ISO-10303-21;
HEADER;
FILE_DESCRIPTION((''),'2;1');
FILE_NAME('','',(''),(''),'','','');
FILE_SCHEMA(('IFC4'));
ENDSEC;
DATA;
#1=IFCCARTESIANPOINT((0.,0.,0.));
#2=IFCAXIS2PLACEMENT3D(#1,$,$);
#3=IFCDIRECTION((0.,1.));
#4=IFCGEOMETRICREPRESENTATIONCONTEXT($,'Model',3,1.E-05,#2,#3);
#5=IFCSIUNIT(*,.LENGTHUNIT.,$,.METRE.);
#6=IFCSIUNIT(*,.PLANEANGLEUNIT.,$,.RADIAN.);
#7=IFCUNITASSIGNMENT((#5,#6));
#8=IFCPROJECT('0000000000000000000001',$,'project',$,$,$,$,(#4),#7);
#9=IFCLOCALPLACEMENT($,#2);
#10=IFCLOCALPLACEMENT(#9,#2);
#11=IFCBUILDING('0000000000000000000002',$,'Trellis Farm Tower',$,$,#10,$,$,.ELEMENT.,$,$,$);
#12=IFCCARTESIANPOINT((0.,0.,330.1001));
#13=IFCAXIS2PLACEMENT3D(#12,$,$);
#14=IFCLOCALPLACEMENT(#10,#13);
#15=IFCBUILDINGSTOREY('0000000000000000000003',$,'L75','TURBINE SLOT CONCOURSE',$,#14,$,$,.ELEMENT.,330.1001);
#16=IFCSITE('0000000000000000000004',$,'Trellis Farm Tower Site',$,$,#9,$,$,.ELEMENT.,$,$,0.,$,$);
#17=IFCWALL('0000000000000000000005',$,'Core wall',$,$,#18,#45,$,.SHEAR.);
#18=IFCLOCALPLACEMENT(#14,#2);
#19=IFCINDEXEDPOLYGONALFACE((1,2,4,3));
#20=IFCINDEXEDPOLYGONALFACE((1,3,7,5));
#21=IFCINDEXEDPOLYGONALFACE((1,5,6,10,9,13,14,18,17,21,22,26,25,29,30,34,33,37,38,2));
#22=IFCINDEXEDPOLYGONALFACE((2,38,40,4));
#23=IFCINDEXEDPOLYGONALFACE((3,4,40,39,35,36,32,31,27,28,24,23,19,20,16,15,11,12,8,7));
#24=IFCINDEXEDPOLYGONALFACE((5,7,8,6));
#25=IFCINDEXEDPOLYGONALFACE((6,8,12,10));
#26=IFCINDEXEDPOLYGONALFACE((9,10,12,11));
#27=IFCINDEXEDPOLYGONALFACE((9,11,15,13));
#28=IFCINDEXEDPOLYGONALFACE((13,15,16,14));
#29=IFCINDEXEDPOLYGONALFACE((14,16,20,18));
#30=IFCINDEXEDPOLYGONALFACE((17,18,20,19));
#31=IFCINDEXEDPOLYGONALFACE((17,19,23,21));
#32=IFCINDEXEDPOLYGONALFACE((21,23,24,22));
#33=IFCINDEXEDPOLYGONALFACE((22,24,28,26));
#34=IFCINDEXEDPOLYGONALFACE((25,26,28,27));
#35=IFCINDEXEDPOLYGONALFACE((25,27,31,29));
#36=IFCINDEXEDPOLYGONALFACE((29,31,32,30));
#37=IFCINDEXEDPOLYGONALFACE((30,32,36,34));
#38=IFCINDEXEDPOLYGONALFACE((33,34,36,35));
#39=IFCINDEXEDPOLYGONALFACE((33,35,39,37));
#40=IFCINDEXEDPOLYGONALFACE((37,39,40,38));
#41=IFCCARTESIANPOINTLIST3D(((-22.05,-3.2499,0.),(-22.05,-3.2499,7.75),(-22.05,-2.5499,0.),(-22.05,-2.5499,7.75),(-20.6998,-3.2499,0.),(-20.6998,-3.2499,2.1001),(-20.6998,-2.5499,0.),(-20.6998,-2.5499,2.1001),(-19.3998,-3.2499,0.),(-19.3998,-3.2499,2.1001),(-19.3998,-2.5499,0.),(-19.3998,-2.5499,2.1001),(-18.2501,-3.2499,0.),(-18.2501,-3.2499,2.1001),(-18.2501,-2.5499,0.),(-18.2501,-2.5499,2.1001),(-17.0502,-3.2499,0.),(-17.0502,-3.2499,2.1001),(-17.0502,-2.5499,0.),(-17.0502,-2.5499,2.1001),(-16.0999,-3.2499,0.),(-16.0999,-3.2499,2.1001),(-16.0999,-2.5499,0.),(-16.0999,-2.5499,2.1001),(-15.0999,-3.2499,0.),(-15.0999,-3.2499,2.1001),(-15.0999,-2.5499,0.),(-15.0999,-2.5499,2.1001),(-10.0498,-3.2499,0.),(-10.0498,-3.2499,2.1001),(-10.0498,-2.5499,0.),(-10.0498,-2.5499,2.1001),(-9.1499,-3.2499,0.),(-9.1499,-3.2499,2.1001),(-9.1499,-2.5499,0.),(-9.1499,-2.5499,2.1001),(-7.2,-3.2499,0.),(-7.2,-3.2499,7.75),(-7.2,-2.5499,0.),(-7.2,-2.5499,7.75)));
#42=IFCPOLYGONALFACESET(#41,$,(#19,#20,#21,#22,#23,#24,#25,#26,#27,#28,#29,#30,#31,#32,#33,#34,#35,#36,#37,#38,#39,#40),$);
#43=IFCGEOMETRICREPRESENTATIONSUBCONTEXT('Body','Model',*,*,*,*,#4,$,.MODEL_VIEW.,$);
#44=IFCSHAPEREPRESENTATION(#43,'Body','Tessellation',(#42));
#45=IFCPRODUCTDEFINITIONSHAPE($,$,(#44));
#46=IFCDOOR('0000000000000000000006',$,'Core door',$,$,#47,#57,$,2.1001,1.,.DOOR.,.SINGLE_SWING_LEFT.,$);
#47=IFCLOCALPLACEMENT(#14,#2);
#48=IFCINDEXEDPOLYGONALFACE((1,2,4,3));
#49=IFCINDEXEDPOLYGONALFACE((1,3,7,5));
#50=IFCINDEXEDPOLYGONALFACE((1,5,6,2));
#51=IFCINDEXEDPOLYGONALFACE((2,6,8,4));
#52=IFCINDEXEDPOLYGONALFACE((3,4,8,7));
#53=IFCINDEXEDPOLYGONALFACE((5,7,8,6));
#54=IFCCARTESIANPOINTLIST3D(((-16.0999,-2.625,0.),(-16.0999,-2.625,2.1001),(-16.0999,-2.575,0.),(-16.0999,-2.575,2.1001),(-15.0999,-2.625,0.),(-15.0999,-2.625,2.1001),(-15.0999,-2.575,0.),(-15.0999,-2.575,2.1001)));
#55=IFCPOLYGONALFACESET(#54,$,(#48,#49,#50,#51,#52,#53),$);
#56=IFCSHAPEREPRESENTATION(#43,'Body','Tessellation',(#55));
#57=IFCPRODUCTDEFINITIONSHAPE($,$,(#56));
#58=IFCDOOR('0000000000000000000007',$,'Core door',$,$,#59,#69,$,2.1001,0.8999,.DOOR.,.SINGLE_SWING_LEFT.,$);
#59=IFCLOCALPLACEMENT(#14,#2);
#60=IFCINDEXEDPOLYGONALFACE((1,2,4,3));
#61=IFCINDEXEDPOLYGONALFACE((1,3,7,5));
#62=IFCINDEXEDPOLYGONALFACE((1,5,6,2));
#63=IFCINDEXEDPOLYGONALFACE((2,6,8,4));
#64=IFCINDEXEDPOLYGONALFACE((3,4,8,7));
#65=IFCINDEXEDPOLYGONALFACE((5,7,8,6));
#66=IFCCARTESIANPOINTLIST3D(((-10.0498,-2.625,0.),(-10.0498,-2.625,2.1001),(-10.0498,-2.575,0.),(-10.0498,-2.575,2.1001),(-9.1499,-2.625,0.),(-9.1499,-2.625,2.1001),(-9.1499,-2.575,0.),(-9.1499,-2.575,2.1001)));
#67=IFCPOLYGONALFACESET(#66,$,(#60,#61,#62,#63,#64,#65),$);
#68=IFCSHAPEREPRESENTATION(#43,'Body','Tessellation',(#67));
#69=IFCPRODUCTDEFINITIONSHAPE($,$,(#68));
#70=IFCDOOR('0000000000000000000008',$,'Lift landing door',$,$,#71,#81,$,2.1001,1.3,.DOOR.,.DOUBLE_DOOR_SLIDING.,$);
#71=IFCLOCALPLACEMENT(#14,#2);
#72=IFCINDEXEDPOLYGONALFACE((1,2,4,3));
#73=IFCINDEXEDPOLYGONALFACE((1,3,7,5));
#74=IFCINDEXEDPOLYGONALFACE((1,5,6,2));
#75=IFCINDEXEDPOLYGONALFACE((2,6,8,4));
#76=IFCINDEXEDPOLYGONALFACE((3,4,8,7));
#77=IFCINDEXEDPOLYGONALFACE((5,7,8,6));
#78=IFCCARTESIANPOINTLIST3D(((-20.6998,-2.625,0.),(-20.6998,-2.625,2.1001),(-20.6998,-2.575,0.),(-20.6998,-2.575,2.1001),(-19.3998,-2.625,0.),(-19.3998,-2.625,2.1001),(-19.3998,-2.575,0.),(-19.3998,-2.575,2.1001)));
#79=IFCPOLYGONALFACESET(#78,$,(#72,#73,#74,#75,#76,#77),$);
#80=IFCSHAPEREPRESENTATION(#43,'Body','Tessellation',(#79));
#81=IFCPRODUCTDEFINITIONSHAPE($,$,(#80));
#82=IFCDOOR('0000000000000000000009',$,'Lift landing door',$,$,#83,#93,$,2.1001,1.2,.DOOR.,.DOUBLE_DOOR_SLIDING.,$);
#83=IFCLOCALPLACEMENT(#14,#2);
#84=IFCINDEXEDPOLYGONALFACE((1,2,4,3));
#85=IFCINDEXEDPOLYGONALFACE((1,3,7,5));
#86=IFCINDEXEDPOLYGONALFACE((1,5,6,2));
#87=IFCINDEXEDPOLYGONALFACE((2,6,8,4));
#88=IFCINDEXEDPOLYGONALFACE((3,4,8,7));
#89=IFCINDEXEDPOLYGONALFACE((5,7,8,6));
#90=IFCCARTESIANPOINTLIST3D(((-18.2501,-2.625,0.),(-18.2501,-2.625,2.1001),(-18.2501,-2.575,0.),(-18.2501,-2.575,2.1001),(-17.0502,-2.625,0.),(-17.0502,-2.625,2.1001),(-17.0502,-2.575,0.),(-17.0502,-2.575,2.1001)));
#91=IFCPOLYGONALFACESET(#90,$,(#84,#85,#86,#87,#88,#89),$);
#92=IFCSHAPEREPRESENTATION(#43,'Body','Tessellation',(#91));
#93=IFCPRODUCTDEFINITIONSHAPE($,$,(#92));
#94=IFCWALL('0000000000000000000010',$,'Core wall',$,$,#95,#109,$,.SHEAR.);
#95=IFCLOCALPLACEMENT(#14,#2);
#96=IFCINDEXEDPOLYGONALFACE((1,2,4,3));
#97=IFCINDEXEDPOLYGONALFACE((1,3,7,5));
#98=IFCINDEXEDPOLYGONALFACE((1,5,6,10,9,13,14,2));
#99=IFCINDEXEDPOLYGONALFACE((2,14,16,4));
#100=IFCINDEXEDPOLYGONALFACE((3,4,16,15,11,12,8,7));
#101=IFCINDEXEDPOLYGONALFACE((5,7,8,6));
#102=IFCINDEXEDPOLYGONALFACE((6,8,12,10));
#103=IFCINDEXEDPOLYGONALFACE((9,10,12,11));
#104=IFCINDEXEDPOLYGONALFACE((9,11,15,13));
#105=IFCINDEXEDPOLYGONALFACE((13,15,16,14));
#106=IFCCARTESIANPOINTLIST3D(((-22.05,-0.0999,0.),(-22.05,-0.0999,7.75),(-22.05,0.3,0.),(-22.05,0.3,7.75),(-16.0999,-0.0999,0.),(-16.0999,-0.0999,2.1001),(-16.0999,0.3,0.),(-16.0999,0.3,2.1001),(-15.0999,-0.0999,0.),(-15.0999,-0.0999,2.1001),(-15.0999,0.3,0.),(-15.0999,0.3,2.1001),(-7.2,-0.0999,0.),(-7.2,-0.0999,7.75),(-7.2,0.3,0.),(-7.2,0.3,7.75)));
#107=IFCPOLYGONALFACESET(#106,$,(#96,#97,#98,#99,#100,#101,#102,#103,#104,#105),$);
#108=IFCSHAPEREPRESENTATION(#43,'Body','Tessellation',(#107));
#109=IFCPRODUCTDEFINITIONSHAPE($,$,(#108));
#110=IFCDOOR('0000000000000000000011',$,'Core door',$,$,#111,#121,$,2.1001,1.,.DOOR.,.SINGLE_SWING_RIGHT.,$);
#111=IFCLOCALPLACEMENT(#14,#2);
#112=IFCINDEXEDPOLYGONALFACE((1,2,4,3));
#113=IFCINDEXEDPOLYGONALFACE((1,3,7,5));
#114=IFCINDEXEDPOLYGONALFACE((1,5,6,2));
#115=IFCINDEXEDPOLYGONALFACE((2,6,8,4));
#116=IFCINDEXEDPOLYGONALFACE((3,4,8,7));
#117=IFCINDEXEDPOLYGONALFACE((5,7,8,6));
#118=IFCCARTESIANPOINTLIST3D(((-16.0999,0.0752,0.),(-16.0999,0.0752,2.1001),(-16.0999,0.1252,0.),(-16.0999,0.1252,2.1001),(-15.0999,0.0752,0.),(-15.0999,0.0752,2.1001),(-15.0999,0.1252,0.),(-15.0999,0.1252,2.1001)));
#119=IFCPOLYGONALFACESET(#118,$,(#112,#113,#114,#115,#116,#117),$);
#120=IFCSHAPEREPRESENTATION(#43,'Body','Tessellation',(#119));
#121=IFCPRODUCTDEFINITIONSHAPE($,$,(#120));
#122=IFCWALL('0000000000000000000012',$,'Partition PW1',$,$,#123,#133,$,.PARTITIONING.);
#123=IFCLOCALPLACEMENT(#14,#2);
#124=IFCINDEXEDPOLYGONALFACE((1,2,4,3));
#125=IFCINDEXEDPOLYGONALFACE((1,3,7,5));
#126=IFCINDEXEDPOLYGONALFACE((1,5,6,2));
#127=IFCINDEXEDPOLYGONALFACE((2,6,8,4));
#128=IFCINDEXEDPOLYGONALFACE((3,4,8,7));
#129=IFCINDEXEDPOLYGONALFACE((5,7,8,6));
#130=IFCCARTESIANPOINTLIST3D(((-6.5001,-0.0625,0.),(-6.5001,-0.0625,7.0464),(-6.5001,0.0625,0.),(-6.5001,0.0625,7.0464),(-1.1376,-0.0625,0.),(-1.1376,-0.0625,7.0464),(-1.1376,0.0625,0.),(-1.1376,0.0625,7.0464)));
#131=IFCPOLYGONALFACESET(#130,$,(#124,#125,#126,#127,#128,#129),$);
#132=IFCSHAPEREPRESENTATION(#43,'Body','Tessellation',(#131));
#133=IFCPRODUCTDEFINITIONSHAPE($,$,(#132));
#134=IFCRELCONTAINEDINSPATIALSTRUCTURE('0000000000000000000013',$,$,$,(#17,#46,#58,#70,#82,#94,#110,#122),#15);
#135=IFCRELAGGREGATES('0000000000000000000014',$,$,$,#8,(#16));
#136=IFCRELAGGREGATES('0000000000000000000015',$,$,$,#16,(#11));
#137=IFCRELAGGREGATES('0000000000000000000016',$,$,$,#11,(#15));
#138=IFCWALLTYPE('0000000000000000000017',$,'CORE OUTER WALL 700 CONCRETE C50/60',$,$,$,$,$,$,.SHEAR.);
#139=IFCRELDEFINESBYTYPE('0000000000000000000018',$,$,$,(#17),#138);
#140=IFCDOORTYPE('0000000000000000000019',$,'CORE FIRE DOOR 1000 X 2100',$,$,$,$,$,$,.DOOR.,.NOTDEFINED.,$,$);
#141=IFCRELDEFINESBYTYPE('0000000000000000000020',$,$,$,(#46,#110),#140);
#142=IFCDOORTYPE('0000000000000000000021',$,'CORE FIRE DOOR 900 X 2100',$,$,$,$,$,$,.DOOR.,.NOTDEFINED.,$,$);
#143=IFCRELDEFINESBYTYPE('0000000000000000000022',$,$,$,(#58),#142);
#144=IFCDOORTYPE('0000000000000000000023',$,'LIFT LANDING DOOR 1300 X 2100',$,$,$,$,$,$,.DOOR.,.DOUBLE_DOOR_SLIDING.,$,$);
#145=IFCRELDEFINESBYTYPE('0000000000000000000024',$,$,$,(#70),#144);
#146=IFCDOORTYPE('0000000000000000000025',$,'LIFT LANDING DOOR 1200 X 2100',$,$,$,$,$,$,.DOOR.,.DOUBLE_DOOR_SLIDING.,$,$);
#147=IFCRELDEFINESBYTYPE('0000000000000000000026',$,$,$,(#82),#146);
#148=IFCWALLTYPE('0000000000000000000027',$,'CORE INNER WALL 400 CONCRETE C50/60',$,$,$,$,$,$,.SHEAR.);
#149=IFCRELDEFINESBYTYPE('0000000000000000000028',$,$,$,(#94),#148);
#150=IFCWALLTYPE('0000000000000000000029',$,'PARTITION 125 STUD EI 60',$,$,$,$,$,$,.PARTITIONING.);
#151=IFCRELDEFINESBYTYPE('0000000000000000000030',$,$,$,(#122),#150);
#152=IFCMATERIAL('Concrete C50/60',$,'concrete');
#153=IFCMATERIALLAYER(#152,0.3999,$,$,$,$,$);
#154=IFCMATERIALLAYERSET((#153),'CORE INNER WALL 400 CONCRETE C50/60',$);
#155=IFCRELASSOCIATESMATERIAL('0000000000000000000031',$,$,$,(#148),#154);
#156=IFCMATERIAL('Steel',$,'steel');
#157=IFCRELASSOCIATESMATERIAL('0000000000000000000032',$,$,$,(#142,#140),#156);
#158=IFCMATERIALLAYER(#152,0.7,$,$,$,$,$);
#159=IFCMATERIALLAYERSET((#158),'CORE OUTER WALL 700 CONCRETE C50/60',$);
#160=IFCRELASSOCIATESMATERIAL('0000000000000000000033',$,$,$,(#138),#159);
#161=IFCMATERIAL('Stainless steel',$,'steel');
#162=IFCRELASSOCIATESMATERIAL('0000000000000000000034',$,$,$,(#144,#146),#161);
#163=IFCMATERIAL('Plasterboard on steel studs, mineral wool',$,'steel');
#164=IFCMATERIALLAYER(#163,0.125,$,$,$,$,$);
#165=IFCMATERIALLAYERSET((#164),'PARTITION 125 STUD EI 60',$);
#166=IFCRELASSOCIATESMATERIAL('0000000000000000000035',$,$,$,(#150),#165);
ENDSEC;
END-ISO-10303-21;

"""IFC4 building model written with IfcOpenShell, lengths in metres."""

from ifc_helpers import new_model, si_unit, direction, frame, frame_2d, origin, place, context, subcontext, project, spatial, rectangle, extrude, source, transform, mapped, material, layer, layer_set, type_object, element, fill, save


model = new_model("IFC4")

# Units and contexts
model_context = context("Model", 3, precision=1e-05, world=origin(), true_north=direction((0.0, 1.0)))
body_context = subcontext(model_context, "Body", "Model", "MODEL_VIEW")
ifc_project = project(units=[si_unit("LENGTHUNIT", "METRE"), si_unit("PLANEANGLEUNIT", "RADIAN")], contexts=[model_context])

# Site, building, storey
site_placement = place(None, origin())
site = spatial("IfcSite", under=ifc_project, at=site_placement, Name="Trellis Farm Tower Site", CompositionType="ELEMENT", RefElevation=0.0)
building_placement = place(site_placement, origin())
building = spatial("IfcBuilding", under=site, at=building_placement, Name="Trellis Farm Tower", CompositionType="ELEMENT")
storey_placement = place(building_placement, frame((0.0, 0.0, 330.1001)))
storey = spatial("IfcBuildingStorey", under=building, at=storey_placement, Name="L75", Description="TURBINE SLOT CONCOURSE", CompositionType="ELEMENT", Elevation=330.1001)

# Shared definitions
ifc_material_1 = material(Name="Concrete C50/60", Category="concrete")

# Shared definitions
ifc_layer_1 = layer(ifc_material_1, 0.3999)
ifc_layer_set_1 = layer_set([ifc_layer_1], Name="CORE INNER WALL 400 CONCRETE C50/60")
wall_type_1 = type_object("IfcWallType", Name="CORE INNER WALL 400 CONCRETE C50/60", PredefinedType="SHEAR", material=ifc_layer_set_1)

# Shared definitions
ifc_material_2 = material(Name="Steel", Category="steel")
door_type_1 = type_object("IfcDoorType", Name="CORE FIRE DOOR 900 X 2100", OperationType="NOTDEFINED", PredefinedType="DOOR", material=ifc_material_2)

# Wall, openings, doors
ifc_layer_2 = layer(ifc_material_1, 0.7)
ifc_layer_set_2 = layer_set([ifc_layer_2], Name="CORE OUTER WALL 700 CONCRETE C50/60")
wall_type_2 = type_object("IfcWallType", Name="CORE OUTER WALL 700 CONCRETE C50/60", PredefinedType="SHEAR", material=ifc_layer_set_2)
shared_shape_1 = source(origin(), body_context, "Body", "SweptSolid", [
    extrude(rectangle(XDim=14.8501, YDim=0.7, at=frame_2d((7.425, 0.0))), origin(), (0.0, 0.0, 1.0), 7.75),
])
wall_1_placement = place(storey_placement, frame((-7.2, -2.8999, 0.0), z_axis=(0.0, 0.0, 1.0), x_axis=(-1.0, 0.0, 0.0)))
wall_1 = element("IfcWall", 1, at=wall_1_placement, inside=storey, type_object=wall_type_2, Name="Core wall", PredefinedType="SHEAR", context=body_context, shape_type="MappedRepresentation", body=[
    mapped(shared_shape_1, transform((0.0, 0.0, 0.0))),
])
shared_shape_2 = source(origin(), body_context, "Body", "SweptSolid", [
    extrude(rectangle(XDim=1.3, YDim=2.1001, at=frame_2d((0.6499, 1.05))), frame((0.0, 0.3601, 0.0), z_axis=(0.0, -1.0, 0.0), x_axis=(1.0, 0.0, 0.0)), (0.0, 0.0, 1.0), 0.7202),
])
opening_1_placement = place(wall_1_placement, frame((12.2, 0.0, 0.0)))
opening_1 = element("IfcOpeningElement", 2, at=opening_1_placement, cuts=wall_1, PredefinedType="OPENING", context=body_context, shape_type="MappedRepresentation", body=[
    mapped(shared_shape_2, transform((0.0, 0.0, 0.0))),
])
shared_shape_3 = source(origin(), body_context, "Body", "SweptSolid", [
    extrude(rectangle(XDim=1.2, YDim=2.1001, at=frame_2d((0.6001, 1.05))), frame((0.0, 0.3601, 0.0), z_axis=(0.0, -1.0, 0.0), x_axis=(1.0, 0.0, 0.0)), (0.0, 0.0, 1.0), 0.7202),
])
opening_2_placement = place(wall_1_placement, frame((9.8501, 0.0, 0.0)))
opening_2 = element("IfcOpeningElement", 3, at=opening_2_placement, cuts=wall_1, PredefinedType="OPENING", context=body_context, shape_type="MappedRepresentation", body=[
    mapped(shared_shape_3, transform((0.0, 0.0, 0.0))),
])
shared_shape_4 = source(origin(), body_context, "Body", "SweptSolid", [
    extrude(rectangle(XDim=1.0, YDim=2.1001, at=frame_2d((0.5, 1.05))), frame((0.0, 0.3601, 0.0), z_axis=(0.0, -1.0, 0.0), x_axis=(1.0, 0.0, 0.0)), (0.0, 0.0, 1.0), 0.7202),
])
opening_3_placement = place(wall_1_placement, frame((7.8999, 0.0, 0.0)))
opening_3 = element("IfcOpeningElement", 4, at=opening_3_placement, cuts=wall_1, PredefinedType="OPENING", context=body_context, shape_type="MappedRepresentation", body=[
    mapped(shared_shape_4, transform((0.0, 0.0, 0.0))),
])
shared_shape_5 = source(origin(), body_context, "Body", "SweptSolid", [
    extrude(rectangle(XDim=0.8999, YDim=2.1001, at=frame_2d((0.45, 1.05))), frame((0.0, 0.3601, 0.0), z_axis=(0.0, -1.0, 0.0), x_axis=(1.0, 0.0, 0.0)), (0.0, 0.0, 1.0), 0.7202),
])
opening_4_placement = place(wall_1_placement, frame((1.95, 0.0, 0.0)))
opening_4 = element("IfcOpeningElement", 5, at=opening_4_placement, cuts=wall_1, PredefinedType="OPENING", context=body_context, shape_type="MappedRepresentation", body=[
    mapped(shared_shape_5, transform((0.0, 0.0, 0.0))),
])
door_type_2 = type_object("IfcDoorType", Name="CORE FIRE DOOR 1000 X 2100", OperationType="NOTDEFINED", PredefinedType="DOOR", material=ifc_material_2)
shared_shape_6 = source(origin(), body_context, "Body", "SweptSolid", [
    extrude(rectangle(XDim=1.0, YDim=2.1001, at=frame_2d((0.5, 1.05))), frame((0.0, -0.2749, 0.0), z_axis=(0.0, -1.0, 0.0), x_axis=(1.0, 0.0, 0.0)), (0.0, 0.0, 1.0), 0.05),
])
door_1_placement = place(opening_3_placement, origin())
door_1 = element("IfcDoor", 6, at=door_1_placement, inside=storey, type_object=door_type_2, Name="Core door", OperationType="SINGLE_SWING_LEFT", OverallHeight=2.1001, OverallWidth=1.0, PredefinedType="DOOR", context=body_context, shape_type="MappedRepresentation", body=[
    mapped(shared_shape_6, transform((0.0, 0.0, 0.0))),
])
fill(opening_3, door_1)
shared_shape_7 = source(origin(), body_context, "Body", "SweptSolid", [
    extrude(rectangle(XDim=0.8999, YDim=2.1001, at=frame_2d((0.45, 1.05))), frame((0.0, -0.2749, 0.0), z_axis=(0.0, -1.0, 0.0), x_axis=(1.0, 0.0, 0.0)), (0.0, 0.0, 1.0), 0.05),
])
door_2_placement = place(opening_4_placement, origin())
door_2 = element("IfcDoor", 7, at=door_2_placement, inside=storey, type_object=door_type_1, Name="Core door", OperationType="SINGLE_SWING_LEFT", OverallHeight=2.1001, OverallWidth=0.8999, PredefinedType="DOOR", context=body_context, shape_type="MappedRepresentation", body=[
    mapped(shared_shape_7, transform((0.0, 0.0, 0.0))),
])
fill(opening_4, door_2)
ifc_material_3 = material(Name="Stainless steel", Category="steel")
door_type_3 = type_object("IfcDoorType", Name="LIFT LANDING DOOR 1300 X 2100", OperationType="DOUBLE_DOOR_SLIDING", PredefinedType="DOOR", material=ifc_material_3)
shared_shape_8 = source(origin(), body_context, "Body", "SweptSolid", [
    extrude(rectangle(XDim=1.3, YDim=2.1001, at=frame_2d((0.6499, 1.05))), frame((0.0, -0.2749, 0.0), z_axis=(0.0, -1.0, 0.0), x_axis=(1.0, 0.0, 0.0)), (0.0, 0.0, 1.0), 0.05),
])
door_3_placement = place(opening_1_placement, origin())
door_3 = element("IfcDoor", 8, at=door_3_placement, inside=storey, type_object=door_type_3, Name="Lift landing door", OperationType="DOUBLE_DOOR_SLIDING", OverallHeight=2.1001, OverallWidth=1.3, PredefinedType="DOOR", context=body_context, shape_type="MappedRepresentation", body=[
    mapped(shared_shape_8, transform((0.0, 0.0, 0.0))),
])
fill(opening_1, door_3)
door_type_4 = type_object("IfcDoorType", Name="LIFT LANDING DOOR 1200 X 2100", OperationType="DOUBLE_DOOR_SLIDING", PredefinedType="DOOR", material=ifc_material_3)
shared_shape_9 = source(origin(), body_context, "Body", "SweptSolid", [
    extrude(rectangle(XDim=1.2, YDim=2.1001, at=frame_2d((0.6001, 1.05))), frame((0.0, -0.2749, 0.0), z_axis=(0.0, -1.0, 0.0), x_axis=(1.0, 0.0, 0.0)), (0.0, 0.0, 1.0), 0.05),
])
door_4_placement = place(opening_2_placement, origin())
door_4 = element("IfcDoor", 9, at=door_4_placement, inside=storey, type_object=door_type_4, Name="Lift landing door", OperationType="DOUBLE_DOOR_SLIDING", OverallHeight=2.1001, OverallWidth=1.2, PredefinedType="DOOR", context=body_context, shape_type="MappedRepresentation", body=[
    mapped(shared_shape_9, transform((0.0, 0.0, 0.0))),
])
fill(opening_2, door_4)

# Wall, opening, door
shared_shape_10 = source(origin(), body_context, "Body", "SweptSolid", [
    extrude(rectangle(XDim=14.8501, YDim=0.3999, at=frame_2d((7.425, 0.0))), origin(), (0.0, 0.0, 1.0), 7.75),
])
wall_2_placement = place(storey_placement, frame((-7.2, 0.1001, 0.0), z_axis=(0.0, 0.0, 1.0), x_axis=(-1.0, 0.0, 0.0)))
wall_2 = element("IfcWall", 10, at=wall_2_placement, inside=storey, type_object=wall_type_1, Name="Core wall", PredefinedType="SHEAR", context=body_context, shape_type="MappedRepresentation", body=[
    mapped(shared_shape_10, transform((0.0, 0.0, 0.0))),
])
shared_shape_11 = source(origin(), body_context, "Body", "SweptSolid", [
    extrude(rectangle(XDim=1.0, YDim=2.1001, at=frame_2d((0.5, 1.05))), frame((0.0, 0.21, 0.0), z_axis=(0.0, -1.0, 0.0), x_axis=(1.0, 0.0, 0.0)), (0.0, 0.0, 1.0), 0.4199),
])
opening_5_placement = place(wall_2_placement, frame((7.8999, 0.0, 0.0)))
opening_5 = element("IfcOpeningElement", 11, at=opening_5_placement, cuts=wall_2, PredefinedType="OPENING", context=body_context, shape_type="MappedRepresentation", body=[
    mapped(shared_shape_11, transform((0.0, 0.0, 0.0))),
])
shared_shape_12 = source(origin(), body_context, "Body", "SweptSolid", [
    extrude(rectangle(XDim=1.0, YDim=2.1001, at=frame_2d((0.5, 1.05))), frame((0.0, 0.0249, 0.0), z_axis=(0.0, -1.0, 0.0), x_axis=(1.0, 0.0, 0.0)), (0.0, 0.0, 1.0), 0.05),
])
door_5_placement = place(opening_5_placement, origin())
door_5 = element("IfcDoor", 12, at=door_5_placement, inside=storey, type_object=door_type_2, Name="Core door", OperationType="SINGLE_SWING_RIGHT", OverallHeight=2.1001, OverallWidth=1.0, PredefinedType="DOOR", context=body_context, shape_type="MappedRepresentation", body=[
    mapped(shared_shape_12, transform((0.0, 0.0, 0.0))),
])
fill(opening_5, door_5)

# Wall
ifc_material_4 = material(Name="Plasterboard on steel studs, mineral wool", Category="steel")
ifc_layer_3 = layer(ifc_material_4, 0.125)
ifc_layer_set_3 = layer_set([ifc_layer_3], Name="PARTITION 125 STUD EI 60")
wall_type_3 = type_object("IfcWallType", Name="PARTITION 125 STUD EI 60", PredefinedType="PARTITIONING", material=ifc_layer_set_3)
shared_shape_13 = source(origin(), body_context, "Body", "SweptSolid", [
    extrude(rectangle(XDim=5.3625, YDim=0.125, at=frame_2d((2.6812, 0.0))), origin(), (0.0, 0.0, 1.0), 7.0464),
])
wall_3_placement = place(storey_placement, frame((-6.5, 0.0, 0.0), z_axis=(0.0, 0.0, 1.0), x_axis=(1.0, 0.0, 0.0)))
element("IfcWall", 13, at=wall_3_placement, inside=storey, type_object=wall_type_3, Name="Partition PW1", PredefinedType="PARTITIONING", context=body_context, shape_type="MappedRepresentation", body=[
    mapped(shared_shape_13, transform((0.0, 0.0, 0.0))),
])

save(model, "model.ifc")
